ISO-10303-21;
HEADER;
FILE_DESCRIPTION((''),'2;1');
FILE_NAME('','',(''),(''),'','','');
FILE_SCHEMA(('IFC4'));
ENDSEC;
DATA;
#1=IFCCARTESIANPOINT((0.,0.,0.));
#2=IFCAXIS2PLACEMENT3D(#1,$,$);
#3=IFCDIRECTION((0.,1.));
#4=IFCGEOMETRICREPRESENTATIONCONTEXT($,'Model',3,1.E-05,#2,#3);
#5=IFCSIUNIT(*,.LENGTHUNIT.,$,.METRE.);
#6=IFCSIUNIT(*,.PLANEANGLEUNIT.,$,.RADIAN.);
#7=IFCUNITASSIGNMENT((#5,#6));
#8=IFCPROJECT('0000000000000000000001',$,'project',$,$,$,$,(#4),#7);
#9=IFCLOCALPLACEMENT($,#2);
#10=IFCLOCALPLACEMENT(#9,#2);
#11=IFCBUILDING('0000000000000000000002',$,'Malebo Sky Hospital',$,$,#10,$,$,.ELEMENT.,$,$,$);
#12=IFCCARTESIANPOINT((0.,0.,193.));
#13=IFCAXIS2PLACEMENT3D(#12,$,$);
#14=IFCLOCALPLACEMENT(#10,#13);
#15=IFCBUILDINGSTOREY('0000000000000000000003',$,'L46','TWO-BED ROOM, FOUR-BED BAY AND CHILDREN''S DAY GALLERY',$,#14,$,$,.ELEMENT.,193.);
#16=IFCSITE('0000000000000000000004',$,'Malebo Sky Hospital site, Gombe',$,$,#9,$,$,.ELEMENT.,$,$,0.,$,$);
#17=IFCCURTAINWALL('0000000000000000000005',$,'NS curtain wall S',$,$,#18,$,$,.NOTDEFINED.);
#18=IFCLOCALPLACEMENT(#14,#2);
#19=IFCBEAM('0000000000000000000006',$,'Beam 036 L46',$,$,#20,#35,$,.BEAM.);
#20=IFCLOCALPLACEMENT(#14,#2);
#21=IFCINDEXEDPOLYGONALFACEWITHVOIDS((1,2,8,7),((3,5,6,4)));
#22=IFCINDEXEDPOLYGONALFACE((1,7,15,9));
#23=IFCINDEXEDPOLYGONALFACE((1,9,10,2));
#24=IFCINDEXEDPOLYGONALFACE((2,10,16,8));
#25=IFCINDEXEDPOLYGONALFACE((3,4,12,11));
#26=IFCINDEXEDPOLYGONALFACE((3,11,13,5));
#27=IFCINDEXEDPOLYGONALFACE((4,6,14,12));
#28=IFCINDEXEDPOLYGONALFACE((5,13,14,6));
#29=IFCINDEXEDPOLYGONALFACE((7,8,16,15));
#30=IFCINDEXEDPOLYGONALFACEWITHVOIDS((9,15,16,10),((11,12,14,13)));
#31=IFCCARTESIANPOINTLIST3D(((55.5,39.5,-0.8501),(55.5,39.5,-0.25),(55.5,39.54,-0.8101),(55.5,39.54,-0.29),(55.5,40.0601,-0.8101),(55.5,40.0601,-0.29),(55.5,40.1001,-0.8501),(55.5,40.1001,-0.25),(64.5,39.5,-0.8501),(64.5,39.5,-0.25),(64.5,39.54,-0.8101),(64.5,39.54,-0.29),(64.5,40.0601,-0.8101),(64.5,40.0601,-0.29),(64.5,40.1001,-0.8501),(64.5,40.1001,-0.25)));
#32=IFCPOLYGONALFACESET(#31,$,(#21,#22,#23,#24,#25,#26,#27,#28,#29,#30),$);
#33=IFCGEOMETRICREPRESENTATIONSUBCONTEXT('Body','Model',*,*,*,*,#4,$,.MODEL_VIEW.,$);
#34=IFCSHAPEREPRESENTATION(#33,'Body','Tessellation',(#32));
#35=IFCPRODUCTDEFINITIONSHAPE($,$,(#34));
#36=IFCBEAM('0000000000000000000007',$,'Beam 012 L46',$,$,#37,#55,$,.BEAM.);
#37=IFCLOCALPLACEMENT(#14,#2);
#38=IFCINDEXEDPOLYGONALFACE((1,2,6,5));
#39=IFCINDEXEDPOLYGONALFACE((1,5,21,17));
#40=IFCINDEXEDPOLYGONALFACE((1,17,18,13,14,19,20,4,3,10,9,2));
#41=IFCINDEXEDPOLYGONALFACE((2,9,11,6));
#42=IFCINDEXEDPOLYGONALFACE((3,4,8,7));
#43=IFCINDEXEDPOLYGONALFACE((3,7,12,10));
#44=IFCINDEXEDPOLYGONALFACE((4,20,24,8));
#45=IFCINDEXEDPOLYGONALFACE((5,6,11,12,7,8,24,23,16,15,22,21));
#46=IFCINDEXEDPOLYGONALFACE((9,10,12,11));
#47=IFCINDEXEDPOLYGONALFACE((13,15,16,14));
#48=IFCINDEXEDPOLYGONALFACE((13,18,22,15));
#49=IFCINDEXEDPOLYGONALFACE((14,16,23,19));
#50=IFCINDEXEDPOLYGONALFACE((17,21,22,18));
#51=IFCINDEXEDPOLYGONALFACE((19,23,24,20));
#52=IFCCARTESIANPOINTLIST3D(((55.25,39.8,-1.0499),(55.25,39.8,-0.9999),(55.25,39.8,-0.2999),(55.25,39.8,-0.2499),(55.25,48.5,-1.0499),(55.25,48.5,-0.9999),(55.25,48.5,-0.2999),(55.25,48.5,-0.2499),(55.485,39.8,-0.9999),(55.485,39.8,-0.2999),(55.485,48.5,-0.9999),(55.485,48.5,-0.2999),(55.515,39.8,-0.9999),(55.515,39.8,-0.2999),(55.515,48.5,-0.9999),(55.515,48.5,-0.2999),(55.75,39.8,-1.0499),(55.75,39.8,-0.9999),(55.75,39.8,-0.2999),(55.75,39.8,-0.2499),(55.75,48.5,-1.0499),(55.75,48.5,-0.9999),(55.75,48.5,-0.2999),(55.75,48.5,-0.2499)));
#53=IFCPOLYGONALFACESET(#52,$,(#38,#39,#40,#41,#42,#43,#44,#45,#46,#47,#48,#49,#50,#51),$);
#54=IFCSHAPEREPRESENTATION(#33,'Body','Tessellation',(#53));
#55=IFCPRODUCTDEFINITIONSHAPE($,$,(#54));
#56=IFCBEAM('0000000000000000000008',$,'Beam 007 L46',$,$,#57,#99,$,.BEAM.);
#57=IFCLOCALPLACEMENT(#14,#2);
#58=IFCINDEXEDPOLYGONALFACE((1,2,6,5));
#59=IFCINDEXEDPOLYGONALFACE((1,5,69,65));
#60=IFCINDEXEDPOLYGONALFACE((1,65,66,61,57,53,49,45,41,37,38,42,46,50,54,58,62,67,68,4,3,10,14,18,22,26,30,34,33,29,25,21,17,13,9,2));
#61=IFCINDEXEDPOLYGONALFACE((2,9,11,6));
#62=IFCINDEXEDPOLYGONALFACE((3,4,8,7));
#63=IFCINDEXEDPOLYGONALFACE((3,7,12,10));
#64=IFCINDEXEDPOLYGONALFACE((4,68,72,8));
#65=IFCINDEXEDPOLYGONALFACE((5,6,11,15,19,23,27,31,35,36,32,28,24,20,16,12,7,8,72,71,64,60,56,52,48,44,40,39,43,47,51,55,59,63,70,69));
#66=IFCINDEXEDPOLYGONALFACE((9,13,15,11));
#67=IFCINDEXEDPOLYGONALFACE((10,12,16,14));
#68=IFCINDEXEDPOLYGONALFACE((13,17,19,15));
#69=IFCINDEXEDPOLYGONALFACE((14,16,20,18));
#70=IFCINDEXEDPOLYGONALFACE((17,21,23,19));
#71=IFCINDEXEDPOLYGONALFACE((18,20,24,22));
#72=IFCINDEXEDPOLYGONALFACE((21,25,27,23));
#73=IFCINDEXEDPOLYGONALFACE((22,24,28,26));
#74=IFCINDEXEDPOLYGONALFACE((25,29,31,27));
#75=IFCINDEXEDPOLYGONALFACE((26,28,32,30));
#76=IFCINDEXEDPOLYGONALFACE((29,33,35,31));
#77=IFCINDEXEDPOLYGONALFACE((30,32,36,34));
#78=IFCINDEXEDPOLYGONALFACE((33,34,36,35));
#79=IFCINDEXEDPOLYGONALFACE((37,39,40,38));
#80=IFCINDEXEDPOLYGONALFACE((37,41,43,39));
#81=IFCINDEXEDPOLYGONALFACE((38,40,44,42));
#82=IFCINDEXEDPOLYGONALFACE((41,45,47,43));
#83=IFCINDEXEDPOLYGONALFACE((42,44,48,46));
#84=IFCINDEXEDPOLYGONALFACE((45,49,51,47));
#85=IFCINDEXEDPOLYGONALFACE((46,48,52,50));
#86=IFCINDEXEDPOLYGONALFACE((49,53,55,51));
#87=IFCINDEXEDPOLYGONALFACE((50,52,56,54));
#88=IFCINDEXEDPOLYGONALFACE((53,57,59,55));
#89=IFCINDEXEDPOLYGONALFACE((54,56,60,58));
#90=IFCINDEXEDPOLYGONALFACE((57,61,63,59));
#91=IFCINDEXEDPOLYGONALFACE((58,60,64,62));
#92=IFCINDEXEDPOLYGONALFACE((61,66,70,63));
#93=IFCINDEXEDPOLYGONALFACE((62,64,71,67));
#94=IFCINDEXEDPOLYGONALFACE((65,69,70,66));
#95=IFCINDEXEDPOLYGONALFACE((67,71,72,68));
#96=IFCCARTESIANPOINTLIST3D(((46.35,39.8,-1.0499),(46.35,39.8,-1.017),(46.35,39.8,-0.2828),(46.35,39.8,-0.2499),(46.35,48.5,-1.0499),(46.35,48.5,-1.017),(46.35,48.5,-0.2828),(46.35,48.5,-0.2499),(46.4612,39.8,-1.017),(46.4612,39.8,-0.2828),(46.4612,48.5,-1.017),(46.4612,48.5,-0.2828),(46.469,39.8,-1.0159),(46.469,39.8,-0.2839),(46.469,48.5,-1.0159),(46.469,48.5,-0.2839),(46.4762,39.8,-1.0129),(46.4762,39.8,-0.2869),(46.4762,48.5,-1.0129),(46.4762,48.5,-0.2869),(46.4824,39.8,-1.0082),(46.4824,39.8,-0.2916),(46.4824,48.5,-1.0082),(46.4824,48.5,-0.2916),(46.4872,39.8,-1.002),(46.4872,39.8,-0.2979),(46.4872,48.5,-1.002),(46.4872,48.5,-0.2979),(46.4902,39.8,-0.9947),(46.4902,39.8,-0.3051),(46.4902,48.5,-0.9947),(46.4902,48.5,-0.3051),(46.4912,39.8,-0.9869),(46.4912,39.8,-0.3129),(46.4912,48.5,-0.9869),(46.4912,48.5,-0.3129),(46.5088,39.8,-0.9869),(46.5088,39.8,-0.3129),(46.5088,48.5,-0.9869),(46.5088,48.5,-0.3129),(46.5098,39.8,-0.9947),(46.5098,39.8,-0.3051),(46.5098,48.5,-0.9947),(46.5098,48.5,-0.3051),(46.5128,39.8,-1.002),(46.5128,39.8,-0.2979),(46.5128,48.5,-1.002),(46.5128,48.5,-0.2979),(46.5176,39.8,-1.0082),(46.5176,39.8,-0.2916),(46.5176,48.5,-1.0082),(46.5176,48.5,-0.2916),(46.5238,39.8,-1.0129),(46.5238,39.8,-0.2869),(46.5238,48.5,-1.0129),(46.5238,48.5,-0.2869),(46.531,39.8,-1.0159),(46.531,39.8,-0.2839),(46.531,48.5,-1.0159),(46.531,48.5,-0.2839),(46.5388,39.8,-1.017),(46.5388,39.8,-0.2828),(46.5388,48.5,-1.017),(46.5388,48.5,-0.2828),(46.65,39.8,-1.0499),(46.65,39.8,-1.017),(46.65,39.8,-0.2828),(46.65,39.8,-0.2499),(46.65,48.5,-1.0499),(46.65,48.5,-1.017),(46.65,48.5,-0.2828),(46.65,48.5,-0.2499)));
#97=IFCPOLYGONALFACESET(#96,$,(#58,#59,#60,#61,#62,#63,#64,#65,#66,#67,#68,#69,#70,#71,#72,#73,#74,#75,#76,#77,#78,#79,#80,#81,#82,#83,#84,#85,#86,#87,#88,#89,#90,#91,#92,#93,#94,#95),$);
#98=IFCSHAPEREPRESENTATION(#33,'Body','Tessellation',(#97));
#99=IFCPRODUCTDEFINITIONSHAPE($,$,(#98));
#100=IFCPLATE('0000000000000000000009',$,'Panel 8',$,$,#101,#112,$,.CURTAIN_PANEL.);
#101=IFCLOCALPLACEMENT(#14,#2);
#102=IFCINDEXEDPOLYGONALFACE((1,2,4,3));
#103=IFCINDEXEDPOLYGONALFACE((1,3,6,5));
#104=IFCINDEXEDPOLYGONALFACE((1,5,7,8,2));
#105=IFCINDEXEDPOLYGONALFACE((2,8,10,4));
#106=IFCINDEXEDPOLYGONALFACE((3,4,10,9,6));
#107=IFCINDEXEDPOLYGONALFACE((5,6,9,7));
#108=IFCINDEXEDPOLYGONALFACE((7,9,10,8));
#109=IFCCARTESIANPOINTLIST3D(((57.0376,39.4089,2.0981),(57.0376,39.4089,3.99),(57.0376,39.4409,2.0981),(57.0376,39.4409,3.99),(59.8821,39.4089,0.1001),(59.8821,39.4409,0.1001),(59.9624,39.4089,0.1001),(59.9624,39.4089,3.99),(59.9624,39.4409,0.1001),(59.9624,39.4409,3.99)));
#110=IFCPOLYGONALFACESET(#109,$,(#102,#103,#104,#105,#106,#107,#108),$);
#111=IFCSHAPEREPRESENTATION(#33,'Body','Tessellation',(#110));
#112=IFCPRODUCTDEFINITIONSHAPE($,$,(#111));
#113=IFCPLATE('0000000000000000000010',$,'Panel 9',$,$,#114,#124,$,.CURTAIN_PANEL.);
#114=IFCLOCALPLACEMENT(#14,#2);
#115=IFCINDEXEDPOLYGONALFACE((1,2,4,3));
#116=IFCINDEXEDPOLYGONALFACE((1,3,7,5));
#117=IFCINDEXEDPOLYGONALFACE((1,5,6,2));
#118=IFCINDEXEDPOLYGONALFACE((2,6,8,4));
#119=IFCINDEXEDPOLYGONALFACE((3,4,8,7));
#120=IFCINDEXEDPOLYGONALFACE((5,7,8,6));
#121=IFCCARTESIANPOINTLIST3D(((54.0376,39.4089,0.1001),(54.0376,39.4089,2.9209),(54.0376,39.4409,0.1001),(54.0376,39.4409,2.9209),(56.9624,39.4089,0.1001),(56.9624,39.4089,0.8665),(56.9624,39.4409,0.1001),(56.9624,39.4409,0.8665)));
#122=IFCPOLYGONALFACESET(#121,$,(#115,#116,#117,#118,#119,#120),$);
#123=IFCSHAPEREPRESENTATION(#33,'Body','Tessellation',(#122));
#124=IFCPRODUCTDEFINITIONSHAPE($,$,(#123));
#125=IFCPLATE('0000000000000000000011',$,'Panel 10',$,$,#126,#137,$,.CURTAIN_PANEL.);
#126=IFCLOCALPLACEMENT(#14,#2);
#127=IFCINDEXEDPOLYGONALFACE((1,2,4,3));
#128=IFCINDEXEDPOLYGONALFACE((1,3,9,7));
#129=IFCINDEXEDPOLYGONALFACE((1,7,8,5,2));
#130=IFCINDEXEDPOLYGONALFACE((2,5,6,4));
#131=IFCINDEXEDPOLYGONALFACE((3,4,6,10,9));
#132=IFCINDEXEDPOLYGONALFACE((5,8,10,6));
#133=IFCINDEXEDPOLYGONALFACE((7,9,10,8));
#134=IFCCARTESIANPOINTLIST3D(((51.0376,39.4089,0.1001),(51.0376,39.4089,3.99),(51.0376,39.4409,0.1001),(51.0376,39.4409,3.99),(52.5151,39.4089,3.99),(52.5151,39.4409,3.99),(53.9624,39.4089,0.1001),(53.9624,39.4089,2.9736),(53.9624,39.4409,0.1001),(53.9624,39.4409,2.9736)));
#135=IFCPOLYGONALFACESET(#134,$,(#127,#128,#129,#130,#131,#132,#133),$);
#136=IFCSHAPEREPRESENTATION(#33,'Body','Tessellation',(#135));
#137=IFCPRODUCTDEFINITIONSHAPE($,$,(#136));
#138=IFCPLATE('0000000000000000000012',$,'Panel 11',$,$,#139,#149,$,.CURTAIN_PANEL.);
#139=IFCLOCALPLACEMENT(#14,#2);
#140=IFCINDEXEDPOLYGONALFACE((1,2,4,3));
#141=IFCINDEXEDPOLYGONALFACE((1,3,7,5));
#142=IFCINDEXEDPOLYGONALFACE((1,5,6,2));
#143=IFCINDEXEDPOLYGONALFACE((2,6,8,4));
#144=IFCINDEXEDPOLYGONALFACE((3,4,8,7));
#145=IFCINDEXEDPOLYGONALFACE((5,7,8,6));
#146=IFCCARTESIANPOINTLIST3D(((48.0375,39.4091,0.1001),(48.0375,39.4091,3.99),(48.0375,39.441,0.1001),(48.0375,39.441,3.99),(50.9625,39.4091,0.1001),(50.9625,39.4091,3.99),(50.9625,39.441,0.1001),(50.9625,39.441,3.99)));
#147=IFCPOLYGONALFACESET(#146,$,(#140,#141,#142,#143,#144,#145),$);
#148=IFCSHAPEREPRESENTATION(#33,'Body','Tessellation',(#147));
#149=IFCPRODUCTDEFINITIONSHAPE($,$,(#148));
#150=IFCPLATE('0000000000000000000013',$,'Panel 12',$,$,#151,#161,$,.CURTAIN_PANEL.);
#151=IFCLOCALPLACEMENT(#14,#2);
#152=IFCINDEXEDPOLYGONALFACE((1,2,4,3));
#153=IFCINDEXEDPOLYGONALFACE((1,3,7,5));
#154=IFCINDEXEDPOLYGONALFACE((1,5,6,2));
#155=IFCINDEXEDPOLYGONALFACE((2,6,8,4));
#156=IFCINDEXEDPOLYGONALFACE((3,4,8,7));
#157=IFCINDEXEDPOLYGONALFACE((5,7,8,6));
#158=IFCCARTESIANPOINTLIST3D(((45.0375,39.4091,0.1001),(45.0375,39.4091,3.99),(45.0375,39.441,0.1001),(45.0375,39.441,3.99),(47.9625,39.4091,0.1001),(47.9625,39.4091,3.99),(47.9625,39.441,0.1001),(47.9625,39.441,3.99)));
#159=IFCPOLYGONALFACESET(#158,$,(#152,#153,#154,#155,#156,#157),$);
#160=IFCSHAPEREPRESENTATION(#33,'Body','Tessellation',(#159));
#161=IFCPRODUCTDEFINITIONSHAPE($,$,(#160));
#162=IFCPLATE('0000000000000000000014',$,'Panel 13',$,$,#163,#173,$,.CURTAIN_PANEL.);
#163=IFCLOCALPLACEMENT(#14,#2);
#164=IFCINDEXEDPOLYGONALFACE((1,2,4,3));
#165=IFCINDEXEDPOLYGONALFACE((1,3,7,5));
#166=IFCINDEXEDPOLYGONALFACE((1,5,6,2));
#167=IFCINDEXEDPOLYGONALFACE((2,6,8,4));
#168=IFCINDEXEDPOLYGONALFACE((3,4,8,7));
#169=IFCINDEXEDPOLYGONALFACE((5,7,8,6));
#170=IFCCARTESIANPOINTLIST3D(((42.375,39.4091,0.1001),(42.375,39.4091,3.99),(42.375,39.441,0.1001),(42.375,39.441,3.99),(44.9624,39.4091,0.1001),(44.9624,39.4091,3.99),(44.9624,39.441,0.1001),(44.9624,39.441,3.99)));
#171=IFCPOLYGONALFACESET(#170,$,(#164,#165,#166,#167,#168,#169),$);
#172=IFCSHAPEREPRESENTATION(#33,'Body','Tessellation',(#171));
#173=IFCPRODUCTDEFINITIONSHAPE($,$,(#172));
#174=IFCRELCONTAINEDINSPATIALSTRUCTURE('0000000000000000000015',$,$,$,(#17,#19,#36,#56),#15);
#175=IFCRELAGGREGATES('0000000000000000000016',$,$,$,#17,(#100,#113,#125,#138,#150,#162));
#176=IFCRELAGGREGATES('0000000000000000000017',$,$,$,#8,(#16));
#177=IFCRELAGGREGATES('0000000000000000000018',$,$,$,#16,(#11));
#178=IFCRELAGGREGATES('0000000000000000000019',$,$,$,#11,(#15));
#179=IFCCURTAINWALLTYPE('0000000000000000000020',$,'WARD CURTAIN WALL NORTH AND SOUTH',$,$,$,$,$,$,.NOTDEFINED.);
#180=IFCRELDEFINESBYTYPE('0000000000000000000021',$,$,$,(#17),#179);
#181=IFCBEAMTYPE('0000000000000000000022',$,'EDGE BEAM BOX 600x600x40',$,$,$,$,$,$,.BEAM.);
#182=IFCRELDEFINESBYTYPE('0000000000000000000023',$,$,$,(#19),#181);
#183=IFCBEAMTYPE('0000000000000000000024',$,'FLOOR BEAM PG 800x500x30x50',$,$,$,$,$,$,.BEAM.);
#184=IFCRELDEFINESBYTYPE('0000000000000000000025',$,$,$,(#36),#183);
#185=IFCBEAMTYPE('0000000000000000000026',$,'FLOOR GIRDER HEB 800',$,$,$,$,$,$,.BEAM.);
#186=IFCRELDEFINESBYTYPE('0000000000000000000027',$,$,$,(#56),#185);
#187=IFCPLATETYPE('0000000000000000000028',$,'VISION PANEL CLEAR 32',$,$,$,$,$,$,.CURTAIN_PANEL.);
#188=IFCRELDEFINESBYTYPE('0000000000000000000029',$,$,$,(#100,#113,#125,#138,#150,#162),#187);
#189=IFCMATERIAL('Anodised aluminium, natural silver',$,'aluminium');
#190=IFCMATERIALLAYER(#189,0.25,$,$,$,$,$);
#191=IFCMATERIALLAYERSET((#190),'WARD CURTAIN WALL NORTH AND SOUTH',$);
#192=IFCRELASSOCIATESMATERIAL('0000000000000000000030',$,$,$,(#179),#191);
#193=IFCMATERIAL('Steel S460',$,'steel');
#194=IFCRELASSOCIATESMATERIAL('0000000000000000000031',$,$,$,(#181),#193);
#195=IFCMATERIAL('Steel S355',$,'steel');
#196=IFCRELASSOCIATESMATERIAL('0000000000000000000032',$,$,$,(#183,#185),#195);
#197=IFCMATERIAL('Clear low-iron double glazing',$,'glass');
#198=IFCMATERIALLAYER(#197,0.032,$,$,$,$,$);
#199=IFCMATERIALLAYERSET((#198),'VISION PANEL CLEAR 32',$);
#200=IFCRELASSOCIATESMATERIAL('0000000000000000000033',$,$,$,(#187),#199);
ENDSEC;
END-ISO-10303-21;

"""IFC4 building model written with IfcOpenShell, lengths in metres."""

from ifc_helpers import new_model, si_unit, direction, frame, origin, origin_2d, place, context, subcontext, project, spatial, polyline, rectangle, hollow_rectangle, i_section, outline, extrude, material, layer, layer_set, material_profile, profile_set, type_object, element, aggregate, save


model = new_model("IFC4")

# Units and contexts
model_context = context("Model", 3, precision=1e-05, world=origin(), true_north=direction((0.0, 1.0)))
body_context = subcontext(model_context, "Body", "Model", "MODEL_VIEW")
ifc_project = project(units=[si_unit("LENGTHUNIT", "METRE"), si_unit("PLANEANGLEUNIT", "RADIAN")], contexts=[model_context])

# Site, building, storey
site_placement = place(None, origin())
site = spatial("IfcSite", under=ifc_project, at=site_placement, Name="Malebo Sky Hospital site, Gombe", CompositionType="ELEMENT", RefElevation=0.0)
building_placement = place(site_placement, origin())
building = spatial("IfcBuilding", under=site, at=building_placement, Name="Malebo Sky Hospital", CompositionType="ELEMENT")
storey_placement = place(building_placement, frame((0.0, 0.0, 193.0)))
storey = spatial("IfcBuildingStorey", under=building, at=storey_placement, Name="L46", Description="TWO-BED ROOM, FOUR-BED BAY AND CHILDREN'S DAY GALLERY", CompositionType="ELEMENT", Elevation=193.0)

# Shared definitions
ifc_material_1 = material(Name="Steel S460", Category="steel")

# Curtain wall
ifc_material_2 = material(Name="Anodised aluminium, natural silver", Category="aluminium")
ifc_layer_1 = layer(ifc_material_2, 0.25)
ifc_layer_set_1 = layer_set([ifc_layer_1], Name="WARD CURTAIN WALL NORTH AND SOUTH")
curtain_wall_type = type_object("IfcCurtainWallType", Name="WARD CURTAIN WALL NORTH AND SOUTH", PredefinedType="NOTDEFINED", material=ifc_layer_set_1)
curtain_wall_placement = place(storey_placement, origin())
curtain_wall = element("IfcCurtainWall", 1, at=curtain_wall_placement, inside=storey, type_object=curtain_wall_type, Name="NS curtain wall S", PredefinedType="NOTDEFINED")

# Beams
ifc_material_profile_1 = material_profile(ifc_material_1, hollow_rectangle(XDim=0.6001, YDim=0.6001, WallThickness=0.04, at=origin_2d()), Name="BOX 600x600x40")
ifc_profile_set_1 = profile_set([ifc_material_profile_1], Name="Steel S460")
beam_type_1 = type_object("IfcBeamType", Name="EDGE BEAM BOX 600x600x40", PredefinedType="BEAM", material=ifc_profile_set_1)
for number, where, z_axis, x_axis, name in (
    (2, (55.5, 39.8, -0.55), (1.0, 0.0, 0.0), (0.0, 1.0, 0.0), "Beam 036 L46"),
):
    element("IfcBeam", number, at=place(storey_placement, frame(where, z_axis=z_axis, x_axis=x_axis)), inside=storey, type_object=beam_type_1, Name=name, PredefinedType="BEAM", context=body_context, shape_type="SweptSolid", body=[
        extrude(hollow_rectangle(XDim=0.6001, YDim=0.6001, WallThickness=0.04, at=origin_2d()), origin(), (0.0, 0.0, 1.0), 9.0),
    ])
ifc_material_3 = material(Name="Steel S355", Category="steel")
ifc_material_profile_2 = material_profile(ifc_material_3, i_section(OverallWidth=0.5, OverallDepth=0.8, WebThickness=0.03, FlangeThickness=0.05, at=origin_2d()), Name="PG 800x500x30x50")
ifc_profile_set_2 = profile_set([ifc_material_profile_2], Name="Steel S355")
beam_type_2 = type_object("IfcBeamType", Name="FLOOR BEAM PG 800x500x30x50", PredefinedType="BEAM", material=ifc_profile_set_2)
beam_1_placement = place(storey_placement, frame((55.5, 39.8, -0.6499), z_axis=(0.0, 1.0, 0.0), x_axis=(-1.0, 0.0, 0.0)))
element("IfcBeam", 3, at=beam_1_placement, inside=storey, type_object=beam_type_2, Name="Beam 012 L46", PredefinedType="BEAM", context=body_context, shape_type="SweptSolid", body=[
    extrude(i_section(OverallWidth=0.5, OverallDepth=0.8, WebThickness=0.03, FlangeThickness=0.05, at=origin_2d()), origin(), (0.0, 0.0, 1.0), 8.7),
])
ifc_material_profile_3 = material_profile(ifc_material_3, i_section(OverallWidth=0.3, OverallDepth=0.8, WebThickness=0.0176, FlangeThickness=0.033, FilletRadius=0.03, at=origin_2d()), Name="HEB 800")
ifc_profile_set_3 = profile_set([ifc_material_profile_3], Name="Steel S355")
beam_type_3 = type_object("IfcBeamType", Name="FLOOR GIRDER HEB 800", PredefinedType="BEAM", material=ifc_profile_set_3)
beam_2_placement = place(storey_placement, frame((46.5, 39.8, -0.6499), z_axis=(0.0, 1.0, 0.0), x_axis=(-1.0, 0.0, 0.0)))
element("IfcBeam", 4, at=beam_2_placement, inside=storey, type_object=beam_type_3, Name="Beam 007 L46", PredefinedType="BEAM", context=body_context, shape_type="SweptSolid", body=[
    extrude(i_section(OverallWidth=0.3, OverallDepth=0.8, WebThickness=0.0176, FlangeThickness=0.033, FilletRadius=0.03, at=origin_2d()), origin(), (0.0, 0.0, 1.0), 8.7),
])

# Plates
ifc_material_4 = material(Name="Clear low-iron double glazing", Category="glass")
ifc_layer_2 = layer(ifc_material_4, 0.032)
ifc_layer_set_2 = layer_set([ifc_layer_2], Name="VISION PANEL CLEAR 32")
plate_type = type_object("IfcPlateType", Name="VISION PANEL CLEAR 32", PredefinedType="CURTAIN_PANEL", material=ifc_layer_set_2)
plate_1_placement = place(storey_placement, frame((58.5, 39.425, 0.1001), z_axis=(0.0, 0.0, 1.0), x_axis=(-1.0, 0.0, 0.0)))
plate_1 = element("IfcPlate", 5, at=plate_1_placement, type_object=plate_type, Name="Panel 8", PredefinedType="CURTAIN_PANEL", context=body_context, shape_type="SweptSolid", body=[
    extrude(outline(polyline([(-1.4624, 0.0), (-1.3821, 0.0), (1.4624, 1.998), (1.4624, 3.8899), (-1.4624, 3.8899), (-1.4624, 0.0)])), frame((0.0, 0.0161, 0.0), z_axis=(0.0, -1.0, 0.0), x_axis=(1.0, 0.0, 0.0)), (0.0, 0.0, 1.0), 0.032),
])
plate_2_placement = place(storey_placement, frame((55.5, 39.425, 0.1001), z_axis=(0.0, 0.0, 1.0), x_axis=(-1.0, 0.0, 0.0)))
plate_2 = element("IfcPlate", 6, at=plate_2_placement, type_object=plate_type, Name="Panel 9", PredefinedType="CURTAIN_PANEL", context=body_context, shape_type="SweptSolid", body=[
    extrude(outline(polyline([(-1.4624, 0.0), (1.4624, 0.0), (1.4624, 2.8208), (-1.4624, 0.7664), (-1.4624, 0.0)])), frame((0.0, 0.0161, 0.0), z_axis=(0.0, -1.0, 0.0), x_axis=(1.0, 0.0, 0.0)), (0.0, 0.0, 1.0), 0.032),
])
plate_3_placement = place(storey_placement, frame((52.5, 39.425, 0.1001), z_axis=(0.0, 0.0, 1.0), x_axis=(-1.0, 0.0, 0.0)))
plate_3 = element("IfcPlate", 7, at=plate_3_placement, type_object=plate_type, Name="Panel 10", PredefinedType="CURTAIN_PANEL", context=body_context, shape_type="SweptSolid", body=[
    extrude(outline(polyline([(-1.4624, 0.0), (1.4624, 0.0), (1.4624, 3.8899), (-0.0151, 3.8899), (-1.4624, 2.8735), (-1.4624, 0.0)])), frame((0.0, 0.0161, 0.0), z_axis=(0.0, -1.0, 0.0), x_axis=(1.0, 0.0, 0.0)), (0.0, 0.0, 1.0), 0.032),
])
plate_4_placement = place(storey_placement, frame((49.5, 39.425, 0.1001), z_axis=(0.0, 0.0, 1.0), x_axis=(-1.0, 0.0, 0.0)))
plate_4 = element("IfcPlate", 8, at=plate_4_placement, type_object=plate_type, Name="Panel 11", PredefinedType="CURTAIN_PANEL", context=body_context, shape_type="SweptSolid", body=[
    extrude(rectangle(XDim=2.925, YDim=0.032, at=origin_2d()), origin(), (0.0, 0.0, 1.0), 3.8899),
])
plate_5_placement = place(storey_placement, frame((46.5, 39.425, 0.1001), z_axis=(0.0, 0.0, 1.0), x_axis=(-1.0, 0.0, 0.0)))
plate_5 = element("IfcPlate", 9, at=plate_5_placement, type_object=plate_type, Name="Panel 12", PredefinedType="CURTAIN_PANEL", context=body_context, shape_type="SweptSolid", body=[
    extrude(rectangle(XDim=2.925, YDim=0.032, at=origin_2d()), origin(), (0.0, 0.0, 1.0), 3.8899),
])
plate_6_placement = place(storey_placement, frame((43.6687, 39.425, 0.1001), z_axis=(0.0, 0.0, 1.0), x_axis=(-1.0, 0.0, 0.0)))
plate_6 = element("IfcPlate", 10, at=plate_6_placement, type_object=plate_type, Name="Panel 13", PredefinedType="CURTAIN_PANEL", context=body_context, shape_type="SweptSolid", body=[
    extrude(rectangle(XDim=2.5874, YDim=0.032, at=origin_2d()), origin(), (0.0, 0.0, 1.0), 3.8899),
])
aggregate(curtain_wall, [plate_1, plate_2, plate_3, plate_4, plate_5, plate_6])

save(model, "model.ifc")
